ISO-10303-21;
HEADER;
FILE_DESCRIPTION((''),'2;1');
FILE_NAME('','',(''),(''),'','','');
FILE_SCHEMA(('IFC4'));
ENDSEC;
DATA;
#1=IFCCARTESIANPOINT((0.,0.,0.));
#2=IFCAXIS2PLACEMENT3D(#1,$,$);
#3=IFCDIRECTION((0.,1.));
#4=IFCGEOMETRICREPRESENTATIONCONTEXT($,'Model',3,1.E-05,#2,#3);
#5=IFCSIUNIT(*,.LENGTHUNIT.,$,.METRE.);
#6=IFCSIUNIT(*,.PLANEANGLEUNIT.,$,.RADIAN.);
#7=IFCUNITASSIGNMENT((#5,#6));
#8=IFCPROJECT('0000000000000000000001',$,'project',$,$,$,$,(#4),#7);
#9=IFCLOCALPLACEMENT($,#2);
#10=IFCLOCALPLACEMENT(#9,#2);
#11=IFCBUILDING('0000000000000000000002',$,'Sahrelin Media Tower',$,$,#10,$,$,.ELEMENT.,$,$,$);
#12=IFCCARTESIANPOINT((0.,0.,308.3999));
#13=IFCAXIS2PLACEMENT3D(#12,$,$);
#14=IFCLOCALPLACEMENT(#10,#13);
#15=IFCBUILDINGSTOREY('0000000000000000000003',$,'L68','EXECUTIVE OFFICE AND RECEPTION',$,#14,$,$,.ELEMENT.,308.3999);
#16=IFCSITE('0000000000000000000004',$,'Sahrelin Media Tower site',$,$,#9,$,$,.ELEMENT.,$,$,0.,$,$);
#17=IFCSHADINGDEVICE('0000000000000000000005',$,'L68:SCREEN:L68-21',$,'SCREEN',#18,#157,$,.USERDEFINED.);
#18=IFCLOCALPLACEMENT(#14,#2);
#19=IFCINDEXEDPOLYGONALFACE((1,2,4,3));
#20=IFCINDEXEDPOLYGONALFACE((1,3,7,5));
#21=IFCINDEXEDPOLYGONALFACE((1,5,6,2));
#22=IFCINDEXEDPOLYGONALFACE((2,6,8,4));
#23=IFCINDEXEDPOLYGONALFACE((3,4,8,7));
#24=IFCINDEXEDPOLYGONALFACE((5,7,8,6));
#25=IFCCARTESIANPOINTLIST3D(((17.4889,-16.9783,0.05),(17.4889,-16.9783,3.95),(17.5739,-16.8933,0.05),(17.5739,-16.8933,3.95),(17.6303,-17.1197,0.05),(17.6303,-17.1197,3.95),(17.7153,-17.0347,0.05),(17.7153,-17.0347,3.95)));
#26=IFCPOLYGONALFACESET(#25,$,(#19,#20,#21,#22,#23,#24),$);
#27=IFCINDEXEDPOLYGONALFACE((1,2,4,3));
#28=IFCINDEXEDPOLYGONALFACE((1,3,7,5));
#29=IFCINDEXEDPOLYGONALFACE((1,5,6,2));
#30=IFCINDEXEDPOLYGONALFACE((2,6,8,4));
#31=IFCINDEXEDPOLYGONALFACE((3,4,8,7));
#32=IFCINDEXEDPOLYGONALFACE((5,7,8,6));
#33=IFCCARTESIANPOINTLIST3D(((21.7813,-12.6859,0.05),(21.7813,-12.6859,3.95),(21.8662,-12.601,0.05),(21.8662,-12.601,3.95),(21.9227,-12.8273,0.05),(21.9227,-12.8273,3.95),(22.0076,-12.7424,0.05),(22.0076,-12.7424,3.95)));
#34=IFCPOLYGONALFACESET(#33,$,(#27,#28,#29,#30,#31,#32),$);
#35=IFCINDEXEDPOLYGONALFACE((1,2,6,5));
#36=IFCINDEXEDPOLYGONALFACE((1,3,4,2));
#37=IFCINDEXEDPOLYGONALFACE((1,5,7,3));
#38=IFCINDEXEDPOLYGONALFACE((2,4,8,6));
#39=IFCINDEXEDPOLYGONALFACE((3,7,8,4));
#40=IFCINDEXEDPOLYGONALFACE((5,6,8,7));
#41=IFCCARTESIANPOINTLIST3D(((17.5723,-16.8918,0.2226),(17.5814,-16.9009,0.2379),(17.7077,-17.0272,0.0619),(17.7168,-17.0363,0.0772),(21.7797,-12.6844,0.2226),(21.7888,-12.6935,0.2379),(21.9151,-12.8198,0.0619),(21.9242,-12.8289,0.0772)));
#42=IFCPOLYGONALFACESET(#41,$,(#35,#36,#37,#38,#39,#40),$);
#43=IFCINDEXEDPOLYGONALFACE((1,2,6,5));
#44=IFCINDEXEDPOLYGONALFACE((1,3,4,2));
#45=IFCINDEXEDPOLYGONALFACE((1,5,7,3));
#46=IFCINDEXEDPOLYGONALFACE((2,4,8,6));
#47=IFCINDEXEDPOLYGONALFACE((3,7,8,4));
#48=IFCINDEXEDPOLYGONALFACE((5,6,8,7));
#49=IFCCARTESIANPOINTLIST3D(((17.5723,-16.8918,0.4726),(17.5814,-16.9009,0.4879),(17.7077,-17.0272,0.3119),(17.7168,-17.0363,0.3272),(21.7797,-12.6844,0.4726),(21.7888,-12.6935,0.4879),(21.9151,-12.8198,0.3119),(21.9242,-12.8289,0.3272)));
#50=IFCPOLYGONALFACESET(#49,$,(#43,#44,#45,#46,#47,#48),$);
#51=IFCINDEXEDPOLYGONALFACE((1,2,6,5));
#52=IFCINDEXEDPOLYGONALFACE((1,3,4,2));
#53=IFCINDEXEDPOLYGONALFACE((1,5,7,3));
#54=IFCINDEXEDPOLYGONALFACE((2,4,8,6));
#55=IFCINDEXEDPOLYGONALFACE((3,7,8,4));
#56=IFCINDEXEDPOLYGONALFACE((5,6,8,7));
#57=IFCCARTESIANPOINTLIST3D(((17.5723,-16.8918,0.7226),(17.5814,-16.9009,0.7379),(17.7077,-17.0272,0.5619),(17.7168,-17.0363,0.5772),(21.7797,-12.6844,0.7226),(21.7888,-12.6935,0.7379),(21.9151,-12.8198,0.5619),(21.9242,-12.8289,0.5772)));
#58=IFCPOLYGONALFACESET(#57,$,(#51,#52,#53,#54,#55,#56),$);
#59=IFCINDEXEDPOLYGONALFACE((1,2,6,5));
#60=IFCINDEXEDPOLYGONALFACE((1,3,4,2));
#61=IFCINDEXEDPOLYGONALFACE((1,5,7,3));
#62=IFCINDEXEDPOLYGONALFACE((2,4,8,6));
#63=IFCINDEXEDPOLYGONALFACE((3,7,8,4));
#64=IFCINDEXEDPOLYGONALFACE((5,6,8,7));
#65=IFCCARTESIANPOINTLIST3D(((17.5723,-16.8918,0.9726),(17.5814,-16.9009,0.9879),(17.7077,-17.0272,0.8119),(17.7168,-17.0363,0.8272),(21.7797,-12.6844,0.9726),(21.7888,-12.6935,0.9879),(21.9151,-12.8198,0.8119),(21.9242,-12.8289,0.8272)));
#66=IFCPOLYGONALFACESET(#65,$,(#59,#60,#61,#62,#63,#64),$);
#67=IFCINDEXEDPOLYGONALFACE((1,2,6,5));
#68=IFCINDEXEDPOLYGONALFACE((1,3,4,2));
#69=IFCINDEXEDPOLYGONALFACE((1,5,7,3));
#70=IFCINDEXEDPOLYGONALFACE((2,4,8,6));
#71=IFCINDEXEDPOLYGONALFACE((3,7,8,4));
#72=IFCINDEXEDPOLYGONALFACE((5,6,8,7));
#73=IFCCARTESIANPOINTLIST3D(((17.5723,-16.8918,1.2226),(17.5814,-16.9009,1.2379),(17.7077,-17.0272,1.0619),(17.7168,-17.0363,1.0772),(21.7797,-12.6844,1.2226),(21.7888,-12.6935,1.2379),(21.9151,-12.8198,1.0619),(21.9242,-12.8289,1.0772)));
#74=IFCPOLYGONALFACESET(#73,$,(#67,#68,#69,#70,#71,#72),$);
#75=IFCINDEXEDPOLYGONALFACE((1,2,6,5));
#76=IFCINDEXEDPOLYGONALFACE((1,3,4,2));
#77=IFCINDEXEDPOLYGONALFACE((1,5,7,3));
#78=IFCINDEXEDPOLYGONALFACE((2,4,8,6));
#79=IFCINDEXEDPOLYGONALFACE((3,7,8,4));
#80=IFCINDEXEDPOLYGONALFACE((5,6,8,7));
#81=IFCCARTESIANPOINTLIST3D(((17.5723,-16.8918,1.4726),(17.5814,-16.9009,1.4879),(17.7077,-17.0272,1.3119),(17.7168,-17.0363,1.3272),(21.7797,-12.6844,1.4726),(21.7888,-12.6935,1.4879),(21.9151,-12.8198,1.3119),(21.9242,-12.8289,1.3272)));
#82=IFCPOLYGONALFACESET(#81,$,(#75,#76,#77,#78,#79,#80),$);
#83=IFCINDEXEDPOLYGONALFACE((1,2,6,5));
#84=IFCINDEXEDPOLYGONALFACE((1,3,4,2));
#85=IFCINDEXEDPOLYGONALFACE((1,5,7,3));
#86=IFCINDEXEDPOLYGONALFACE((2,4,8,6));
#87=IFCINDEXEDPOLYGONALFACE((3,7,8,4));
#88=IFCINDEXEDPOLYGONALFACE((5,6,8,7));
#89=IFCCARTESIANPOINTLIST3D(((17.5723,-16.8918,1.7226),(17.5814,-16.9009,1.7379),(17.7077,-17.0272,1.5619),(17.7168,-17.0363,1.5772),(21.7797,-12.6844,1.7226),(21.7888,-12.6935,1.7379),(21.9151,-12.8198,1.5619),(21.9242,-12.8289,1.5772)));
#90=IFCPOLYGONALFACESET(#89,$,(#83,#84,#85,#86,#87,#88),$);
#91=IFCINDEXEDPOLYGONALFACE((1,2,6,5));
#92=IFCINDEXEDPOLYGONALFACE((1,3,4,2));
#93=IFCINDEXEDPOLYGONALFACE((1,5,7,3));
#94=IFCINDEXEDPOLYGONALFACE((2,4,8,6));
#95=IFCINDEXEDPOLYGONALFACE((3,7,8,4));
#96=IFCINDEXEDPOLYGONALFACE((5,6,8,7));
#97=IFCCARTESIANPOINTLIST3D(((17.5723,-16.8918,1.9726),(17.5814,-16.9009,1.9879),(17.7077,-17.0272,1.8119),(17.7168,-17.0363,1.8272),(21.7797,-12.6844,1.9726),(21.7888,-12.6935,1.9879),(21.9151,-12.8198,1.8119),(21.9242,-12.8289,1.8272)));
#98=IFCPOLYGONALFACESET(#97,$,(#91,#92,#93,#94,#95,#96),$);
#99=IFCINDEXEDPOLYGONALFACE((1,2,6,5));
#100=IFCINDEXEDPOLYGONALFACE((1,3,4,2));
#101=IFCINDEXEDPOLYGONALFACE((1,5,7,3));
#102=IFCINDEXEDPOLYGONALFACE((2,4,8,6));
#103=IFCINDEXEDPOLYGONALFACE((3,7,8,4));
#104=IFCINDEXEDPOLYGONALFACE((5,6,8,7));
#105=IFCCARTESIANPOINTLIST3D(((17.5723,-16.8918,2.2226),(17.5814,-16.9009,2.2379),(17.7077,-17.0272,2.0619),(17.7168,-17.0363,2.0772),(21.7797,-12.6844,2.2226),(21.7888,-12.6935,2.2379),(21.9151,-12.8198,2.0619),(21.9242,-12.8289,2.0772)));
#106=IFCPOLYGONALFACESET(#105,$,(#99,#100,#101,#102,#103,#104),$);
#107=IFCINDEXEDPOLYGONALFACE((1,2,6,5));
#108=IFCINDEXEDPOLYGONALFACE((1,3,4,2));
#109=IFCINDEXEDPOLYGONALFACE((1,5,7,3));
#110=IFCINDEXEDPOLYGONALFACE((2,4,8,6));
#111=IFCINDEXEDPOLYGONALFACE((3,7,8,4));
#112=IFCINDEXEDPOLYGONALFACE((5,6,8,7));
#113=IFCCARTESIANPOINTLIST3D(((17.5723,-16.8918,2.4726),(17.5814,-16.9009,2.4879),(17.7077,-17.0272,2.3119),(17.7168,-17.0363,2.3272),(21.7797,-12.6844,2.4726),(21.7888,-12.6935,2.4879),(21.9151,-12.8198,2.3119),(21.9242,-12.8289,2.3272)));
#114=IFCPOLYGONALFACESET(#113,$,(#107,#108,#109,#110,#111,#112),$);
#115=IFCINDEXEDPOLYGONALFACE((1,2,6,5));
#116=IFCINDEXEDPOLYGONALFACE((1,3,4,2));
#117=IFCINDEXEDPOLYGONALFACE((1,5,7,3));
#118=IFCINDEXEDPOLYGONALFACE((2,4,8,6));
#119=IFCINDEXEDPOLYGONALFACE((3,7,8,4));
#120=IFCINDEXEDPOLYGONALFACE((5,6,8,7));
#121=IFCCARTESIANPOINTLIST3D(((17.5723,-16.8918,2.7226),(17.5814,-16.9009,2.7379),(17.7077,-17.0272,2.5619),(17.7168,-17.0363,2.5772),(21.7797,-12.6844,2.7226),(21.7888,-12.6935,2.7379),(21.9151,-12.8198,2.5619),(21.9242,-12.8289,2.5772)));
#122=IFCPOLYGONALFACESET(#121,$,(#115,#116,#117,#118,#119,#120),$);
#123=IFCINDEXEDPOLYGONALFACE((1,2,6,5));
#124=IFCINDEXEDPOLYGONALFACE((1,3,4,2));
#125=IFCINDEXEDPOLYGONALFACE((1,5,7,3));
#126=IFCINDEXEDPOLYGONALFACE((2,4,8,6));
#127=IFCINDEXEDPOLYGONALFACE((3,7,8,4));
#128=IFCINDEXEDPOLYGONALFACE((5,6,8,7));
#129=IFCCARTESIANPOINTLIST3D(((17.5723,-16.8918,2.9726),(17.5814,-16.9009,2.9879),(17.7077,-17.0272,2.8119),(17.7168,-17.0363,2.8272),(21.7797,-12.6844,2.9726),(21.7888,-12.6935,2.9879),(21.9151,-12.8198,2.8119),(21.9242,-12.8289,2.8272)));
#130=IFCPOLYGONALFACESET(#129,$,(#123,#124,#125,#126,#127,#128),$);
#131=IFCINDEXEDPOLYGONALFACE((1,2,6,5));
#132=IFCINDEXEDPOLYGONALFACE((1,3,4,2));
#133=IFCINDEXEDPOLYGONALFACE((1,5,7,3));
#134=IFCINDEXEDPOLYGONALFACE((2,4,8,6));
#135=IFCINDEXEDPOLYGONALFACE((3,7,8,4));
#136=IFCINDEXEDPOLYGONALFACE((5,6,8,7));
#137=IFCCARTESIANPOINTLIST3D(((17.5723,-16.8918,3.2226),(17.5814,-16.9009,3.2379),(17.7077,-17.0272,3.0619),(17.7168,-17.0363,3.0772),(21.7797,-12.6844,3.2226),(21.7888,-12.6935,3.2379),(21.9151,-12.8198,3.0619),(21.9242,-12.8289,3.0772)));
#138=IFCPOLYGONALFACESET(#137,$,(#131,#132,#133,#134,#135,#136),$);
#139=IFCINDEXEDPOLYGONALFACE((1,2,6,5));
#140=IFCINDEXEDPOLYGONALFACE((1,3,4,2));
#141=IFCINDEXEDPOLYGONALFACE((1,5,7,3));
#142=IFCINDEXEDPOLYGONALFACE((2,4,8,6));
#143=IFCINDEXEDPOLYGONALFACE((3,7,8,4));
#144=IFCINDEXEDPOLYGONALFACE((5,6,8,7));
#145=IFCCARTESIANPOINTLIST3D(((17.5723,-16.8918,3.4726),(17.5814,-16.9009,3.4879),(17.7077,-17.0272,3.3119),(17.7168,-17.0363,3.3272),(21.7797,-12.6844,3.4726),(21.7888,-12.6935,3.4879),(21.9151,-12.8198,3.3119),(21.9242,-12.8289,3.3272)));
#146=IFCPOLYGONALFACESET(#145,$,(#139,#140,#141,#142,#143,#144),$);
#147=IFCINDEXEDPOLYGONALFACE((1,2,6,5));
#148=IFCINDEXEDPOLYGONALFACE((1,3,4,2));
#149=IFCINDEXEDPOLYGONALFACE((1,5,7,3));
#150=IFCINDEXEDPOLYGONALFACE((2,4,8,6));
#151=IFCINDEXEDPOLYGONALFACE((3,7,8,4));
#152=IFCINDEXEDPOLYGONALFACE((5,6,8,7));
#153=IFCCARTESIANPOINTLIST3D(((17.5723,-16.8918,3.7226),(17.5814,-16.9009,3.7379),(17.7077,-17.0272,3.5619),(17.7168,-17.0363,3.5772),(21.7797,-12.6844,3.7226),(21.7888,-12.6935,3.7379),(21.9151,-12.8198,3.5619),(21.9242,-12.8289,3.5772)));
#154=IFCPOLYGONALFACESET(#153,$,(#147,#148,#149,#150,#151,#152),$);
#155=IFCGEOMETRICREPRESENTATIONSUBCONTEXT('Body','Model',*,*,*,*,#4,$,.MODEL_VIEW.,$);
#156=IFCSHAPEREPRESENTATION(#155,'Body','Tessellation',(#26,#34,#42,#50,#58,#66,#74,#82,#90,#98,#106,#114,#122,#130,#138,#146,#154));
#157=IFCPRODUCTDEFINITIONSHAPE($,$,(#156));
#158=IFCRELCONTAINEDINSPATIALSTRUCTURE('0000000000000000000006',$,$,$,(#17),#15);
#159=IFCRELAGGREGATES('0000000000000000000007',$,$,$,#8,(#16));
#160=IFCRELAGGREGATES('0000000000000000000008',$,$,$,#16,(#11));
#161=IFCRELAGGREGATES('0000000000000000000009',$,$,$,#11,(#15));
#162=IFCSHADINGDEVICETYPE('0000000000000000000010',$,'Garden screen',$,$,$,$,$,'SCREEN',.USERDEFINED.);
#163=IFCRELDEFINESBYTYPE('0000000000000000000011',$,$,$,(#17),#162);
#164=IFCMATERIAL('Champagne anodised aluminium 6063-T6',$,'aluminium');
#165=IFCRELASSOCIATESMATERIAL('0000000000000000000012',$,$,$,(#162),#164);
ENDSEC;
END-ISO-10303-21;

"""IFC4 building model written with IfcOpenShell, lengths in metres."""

from ifc_helpers import new_model, si_unit, direction, frame, origin, origin_2d, place, context, subcontext, project, spatial, rectangle, extrude, material, type_object, element, save


model = new_model("IFC4")

# Units and contexts
model_context = context("Model", 3, precision=1e-05, world=origin(), true_north=direction((0.0, 1.0)))
body_context = subcontext(model_context, "Body", "Model", "MODEL_VIEW")
ifc_project = project(units=[si_unit("LENGTHUNIT", "METRE"), si_unit("PLANEANGLEUNIT", "RADIAN")], contexts=[model_context])

# Site, building, storey
site_placement = place(None, origin())
site = spatial("IfcSite", under=ifc_project, at=site_placement, Name="Sahrelin Media Tower site", CompositionType="ELEMENT", RefElevation=0.0)
building_placement = place(site_placement, origin())
building = spatial("IfcBuilding", under=site, at=building_placement, Name="Sahrelin Media Tower", CompositionType="ELEMENT")
storey_placement = place(building_placement, frame((0.0, 0.0, 308.3999)))
storey = spatial("IfcBuildingStorey", under=building, at=storey_placement, Name="L68", Description="EXECUTIVE OFFICE AND RECEPTION", CompositionType="ELEMENT", Elevation=308.3999)

# Shading device
ifc_material_1 = material(Name="Champagne anodised aluminium 6063-T6", Category="aluminium")
shading_device_type = type_object("IfcShadingDeviceType", Name="Garden screen", ElementType="SCREEN", PredefinedType="USERDEFINED", material=ifc_material_1)
shading_device_1_placement = place(storey_placement, frame((19.6775, -14.7896, 0.0), z_axis=(0.0, 0.0, 1.0), x_axis=(-0.707107, -0.707107, 0.0)))
element("IfcShadingDevice", 1, at=shading_device_1_placement, inside=storey, type_object=shading_device_type, Name="L68:SCREEN:L68-21", ObjectType="SCREEN", PredefinedType="USERDEFINED", context=body_context, shape_type="SweptSolid", body=[
    extrude(rectangle(XDim=0.1201, YDim=0.2, at=origin_2d()), frame((3.0352, 0.1001, 0.05), z_axis=(0.0, 0.0, 1.0), x_axis=(1.0, 0.0, 0.0)), (0.0, 0.0, 1.0), 3.8999),
    extrude(rectangle(XDim=0.1201, YDim=0.2, at=origin_2d()), frame((-3.0352, 0.1001, 0.05), z_axis=(0.0, 0.0, 1.0), x_axis=(1.0, 0.0, 0.0)), (0.0, 0.0, 1.0), 3.8999),
    extrude(rectangle(XDim=0.25, YDim=0.02, at=origin_2d()), frame((2.9751, 0.1001, 0.1499), z_axis=(-1.0, 0.0, 0.0), x_axis=(0.0, -0.766044, 0.642788)), (0.0, 0.0, 1.0), 5.9502),
    extrude(rectangle(XDim=0.25, YDim=0.02, at=origin_2d()), frame((2.9751, 0.1001, 0.3999), z_axis=(-1.0, 0.0, 0.0), x_axis=(0.0, -0.766044, 0.642788)), (0.0, 0.0, 1.0), 5.9502),
    extrude(rectangle(XDim=0.25, YDim=0.02, at=origin_2d()), frame((2.9751, 0.1001, 0.6499), z_axis=(-1.0, 0.0, 0.0), x_axis=(0.0, -0.766044, 0.642788)), (0.0, 0.0, 1.0), 5.9502),
    extrude(rectangle(XDim=0.25, YDim=0.02, at=origin_2d()), frame((2.9751, 0.1001, 0.8999), z_axis=(-1.0, 0.0, 0.0), x_axis=(0.0, -0.766044, 0.642788)), (0.0, 0.0, 1.0), 5.9502),
    extrude(rectangle(XDim=0.25, YDim=0.02, at=origin_2d()), frame((2.9751, 0.1001, 1.1499), z_axis=(-1.0, 0.0, 0.0), x_axis=(0.0, -0.766044, 0.642788)), (0.0, 0.0, 1.0), 5.9502),
    extrude(rectangle(XDim=0.25, YDim=0.02, at=origin_2d()), frame((2.9751, 0.1001, 1.3999), z_axis=(-1.0, 0.0, 0.0), x_axis=(0.0, -0.766044, 0.642788)), (0.0, 0.0, 1.0), 5.9502),
    extrude(rectangle(XDim=0.25, YDim=0.02, at=origin_2d()), frame((2.9751, 0.1001, 1.6499), z_axis=(-1.0, 0.0, 0.0), x_axis=(0.0, -0.766044, 0.642788)), (0.0, 0.0, 1.0), 5.9502),
    extrude(rectangle(XDim=0.25, YDim=0.02, at=origin_2d()), frame((2.9751, 0.1001, 1.8999), z_axis=(-1.0, 0.0, 0.0), x_axis=(0.0, -0.766044, 0.642788)), (0.0, 0.0, 1.0), 5.9502),
    extrude(rectangle(XDim=0.25, YDim=0.02, at=origin_2d()), frame((2.9751, 0.1001, 2.1499), z_axis=(-1.0, 0.0, 0.0), x_axis=(0.0, -0.766044, 0.642788)), (0.0, 0.0, 1.0), 5.9502),
    extrude(rectangle(XDim=0.25, YDim=0.02, at=origin_2d()), frame((2.9751, 0.1001, 2.3999), z_axis=(-1.0, 0.0, 0.0), x_axis=(0.0, -0.766044, 0.642788)), (0.0, 0.0, 1.0), 5.9502),
    extrude(rectangle(XDim=0.25, YDim=0.02, at=origin_2d()), frame((2.9751, 0.1001, 2.6499), z_axis=(-1.0, 0.0, 0.0), x_axis=(0.0, -0.766044, 0.642788)), (0.0, 0.0, 1.0), 5.9502),
    extrude(rectangle(XDim=0.25, YDim=0.02, at=origin_2d()), frame((2.9751, 0.1001, 2.8999), z_axis=(-1.0, 0.0, 0.0), x_axis=(0.0, -0.766044, 0.642788)), (0.0, 0.0, 1.0), 5.9502),
    extrude(rectangle(XDim=0.25, YDim=0.02, at=origin_2d()), frame((2.9751, 0.1001, 3.1499), z_axis=(-1.0, 0.0, 0.0), x_axis=(0.0, -0.766044, 0.642788)), (0.0, 0.0, 1.0), 5.9502),
    extrude(rectangle(XDim=0.25, YDim=0.02, at=origin_2d()), frame((2.9751, 0.1001, 3.3999), z_axis=(-1.0, 0.0, 0.0), x_axis=(0.0, -0.766044, 0.642788)), (0.0, 0.0, 1.0), 5.9502),
    extrude(rectangle(XDim=0.25, YDim=0.02, at=origin_2d()), frame((2.9751, 0.1001, 3.6499), z_axis=(-1.0, 0.0, 0.0), x_axis=(0.0, -0.766044, 0.642788)), (0.0, 0.0, 1.0), 5.9502),
])

save(model, "model.ifc")
